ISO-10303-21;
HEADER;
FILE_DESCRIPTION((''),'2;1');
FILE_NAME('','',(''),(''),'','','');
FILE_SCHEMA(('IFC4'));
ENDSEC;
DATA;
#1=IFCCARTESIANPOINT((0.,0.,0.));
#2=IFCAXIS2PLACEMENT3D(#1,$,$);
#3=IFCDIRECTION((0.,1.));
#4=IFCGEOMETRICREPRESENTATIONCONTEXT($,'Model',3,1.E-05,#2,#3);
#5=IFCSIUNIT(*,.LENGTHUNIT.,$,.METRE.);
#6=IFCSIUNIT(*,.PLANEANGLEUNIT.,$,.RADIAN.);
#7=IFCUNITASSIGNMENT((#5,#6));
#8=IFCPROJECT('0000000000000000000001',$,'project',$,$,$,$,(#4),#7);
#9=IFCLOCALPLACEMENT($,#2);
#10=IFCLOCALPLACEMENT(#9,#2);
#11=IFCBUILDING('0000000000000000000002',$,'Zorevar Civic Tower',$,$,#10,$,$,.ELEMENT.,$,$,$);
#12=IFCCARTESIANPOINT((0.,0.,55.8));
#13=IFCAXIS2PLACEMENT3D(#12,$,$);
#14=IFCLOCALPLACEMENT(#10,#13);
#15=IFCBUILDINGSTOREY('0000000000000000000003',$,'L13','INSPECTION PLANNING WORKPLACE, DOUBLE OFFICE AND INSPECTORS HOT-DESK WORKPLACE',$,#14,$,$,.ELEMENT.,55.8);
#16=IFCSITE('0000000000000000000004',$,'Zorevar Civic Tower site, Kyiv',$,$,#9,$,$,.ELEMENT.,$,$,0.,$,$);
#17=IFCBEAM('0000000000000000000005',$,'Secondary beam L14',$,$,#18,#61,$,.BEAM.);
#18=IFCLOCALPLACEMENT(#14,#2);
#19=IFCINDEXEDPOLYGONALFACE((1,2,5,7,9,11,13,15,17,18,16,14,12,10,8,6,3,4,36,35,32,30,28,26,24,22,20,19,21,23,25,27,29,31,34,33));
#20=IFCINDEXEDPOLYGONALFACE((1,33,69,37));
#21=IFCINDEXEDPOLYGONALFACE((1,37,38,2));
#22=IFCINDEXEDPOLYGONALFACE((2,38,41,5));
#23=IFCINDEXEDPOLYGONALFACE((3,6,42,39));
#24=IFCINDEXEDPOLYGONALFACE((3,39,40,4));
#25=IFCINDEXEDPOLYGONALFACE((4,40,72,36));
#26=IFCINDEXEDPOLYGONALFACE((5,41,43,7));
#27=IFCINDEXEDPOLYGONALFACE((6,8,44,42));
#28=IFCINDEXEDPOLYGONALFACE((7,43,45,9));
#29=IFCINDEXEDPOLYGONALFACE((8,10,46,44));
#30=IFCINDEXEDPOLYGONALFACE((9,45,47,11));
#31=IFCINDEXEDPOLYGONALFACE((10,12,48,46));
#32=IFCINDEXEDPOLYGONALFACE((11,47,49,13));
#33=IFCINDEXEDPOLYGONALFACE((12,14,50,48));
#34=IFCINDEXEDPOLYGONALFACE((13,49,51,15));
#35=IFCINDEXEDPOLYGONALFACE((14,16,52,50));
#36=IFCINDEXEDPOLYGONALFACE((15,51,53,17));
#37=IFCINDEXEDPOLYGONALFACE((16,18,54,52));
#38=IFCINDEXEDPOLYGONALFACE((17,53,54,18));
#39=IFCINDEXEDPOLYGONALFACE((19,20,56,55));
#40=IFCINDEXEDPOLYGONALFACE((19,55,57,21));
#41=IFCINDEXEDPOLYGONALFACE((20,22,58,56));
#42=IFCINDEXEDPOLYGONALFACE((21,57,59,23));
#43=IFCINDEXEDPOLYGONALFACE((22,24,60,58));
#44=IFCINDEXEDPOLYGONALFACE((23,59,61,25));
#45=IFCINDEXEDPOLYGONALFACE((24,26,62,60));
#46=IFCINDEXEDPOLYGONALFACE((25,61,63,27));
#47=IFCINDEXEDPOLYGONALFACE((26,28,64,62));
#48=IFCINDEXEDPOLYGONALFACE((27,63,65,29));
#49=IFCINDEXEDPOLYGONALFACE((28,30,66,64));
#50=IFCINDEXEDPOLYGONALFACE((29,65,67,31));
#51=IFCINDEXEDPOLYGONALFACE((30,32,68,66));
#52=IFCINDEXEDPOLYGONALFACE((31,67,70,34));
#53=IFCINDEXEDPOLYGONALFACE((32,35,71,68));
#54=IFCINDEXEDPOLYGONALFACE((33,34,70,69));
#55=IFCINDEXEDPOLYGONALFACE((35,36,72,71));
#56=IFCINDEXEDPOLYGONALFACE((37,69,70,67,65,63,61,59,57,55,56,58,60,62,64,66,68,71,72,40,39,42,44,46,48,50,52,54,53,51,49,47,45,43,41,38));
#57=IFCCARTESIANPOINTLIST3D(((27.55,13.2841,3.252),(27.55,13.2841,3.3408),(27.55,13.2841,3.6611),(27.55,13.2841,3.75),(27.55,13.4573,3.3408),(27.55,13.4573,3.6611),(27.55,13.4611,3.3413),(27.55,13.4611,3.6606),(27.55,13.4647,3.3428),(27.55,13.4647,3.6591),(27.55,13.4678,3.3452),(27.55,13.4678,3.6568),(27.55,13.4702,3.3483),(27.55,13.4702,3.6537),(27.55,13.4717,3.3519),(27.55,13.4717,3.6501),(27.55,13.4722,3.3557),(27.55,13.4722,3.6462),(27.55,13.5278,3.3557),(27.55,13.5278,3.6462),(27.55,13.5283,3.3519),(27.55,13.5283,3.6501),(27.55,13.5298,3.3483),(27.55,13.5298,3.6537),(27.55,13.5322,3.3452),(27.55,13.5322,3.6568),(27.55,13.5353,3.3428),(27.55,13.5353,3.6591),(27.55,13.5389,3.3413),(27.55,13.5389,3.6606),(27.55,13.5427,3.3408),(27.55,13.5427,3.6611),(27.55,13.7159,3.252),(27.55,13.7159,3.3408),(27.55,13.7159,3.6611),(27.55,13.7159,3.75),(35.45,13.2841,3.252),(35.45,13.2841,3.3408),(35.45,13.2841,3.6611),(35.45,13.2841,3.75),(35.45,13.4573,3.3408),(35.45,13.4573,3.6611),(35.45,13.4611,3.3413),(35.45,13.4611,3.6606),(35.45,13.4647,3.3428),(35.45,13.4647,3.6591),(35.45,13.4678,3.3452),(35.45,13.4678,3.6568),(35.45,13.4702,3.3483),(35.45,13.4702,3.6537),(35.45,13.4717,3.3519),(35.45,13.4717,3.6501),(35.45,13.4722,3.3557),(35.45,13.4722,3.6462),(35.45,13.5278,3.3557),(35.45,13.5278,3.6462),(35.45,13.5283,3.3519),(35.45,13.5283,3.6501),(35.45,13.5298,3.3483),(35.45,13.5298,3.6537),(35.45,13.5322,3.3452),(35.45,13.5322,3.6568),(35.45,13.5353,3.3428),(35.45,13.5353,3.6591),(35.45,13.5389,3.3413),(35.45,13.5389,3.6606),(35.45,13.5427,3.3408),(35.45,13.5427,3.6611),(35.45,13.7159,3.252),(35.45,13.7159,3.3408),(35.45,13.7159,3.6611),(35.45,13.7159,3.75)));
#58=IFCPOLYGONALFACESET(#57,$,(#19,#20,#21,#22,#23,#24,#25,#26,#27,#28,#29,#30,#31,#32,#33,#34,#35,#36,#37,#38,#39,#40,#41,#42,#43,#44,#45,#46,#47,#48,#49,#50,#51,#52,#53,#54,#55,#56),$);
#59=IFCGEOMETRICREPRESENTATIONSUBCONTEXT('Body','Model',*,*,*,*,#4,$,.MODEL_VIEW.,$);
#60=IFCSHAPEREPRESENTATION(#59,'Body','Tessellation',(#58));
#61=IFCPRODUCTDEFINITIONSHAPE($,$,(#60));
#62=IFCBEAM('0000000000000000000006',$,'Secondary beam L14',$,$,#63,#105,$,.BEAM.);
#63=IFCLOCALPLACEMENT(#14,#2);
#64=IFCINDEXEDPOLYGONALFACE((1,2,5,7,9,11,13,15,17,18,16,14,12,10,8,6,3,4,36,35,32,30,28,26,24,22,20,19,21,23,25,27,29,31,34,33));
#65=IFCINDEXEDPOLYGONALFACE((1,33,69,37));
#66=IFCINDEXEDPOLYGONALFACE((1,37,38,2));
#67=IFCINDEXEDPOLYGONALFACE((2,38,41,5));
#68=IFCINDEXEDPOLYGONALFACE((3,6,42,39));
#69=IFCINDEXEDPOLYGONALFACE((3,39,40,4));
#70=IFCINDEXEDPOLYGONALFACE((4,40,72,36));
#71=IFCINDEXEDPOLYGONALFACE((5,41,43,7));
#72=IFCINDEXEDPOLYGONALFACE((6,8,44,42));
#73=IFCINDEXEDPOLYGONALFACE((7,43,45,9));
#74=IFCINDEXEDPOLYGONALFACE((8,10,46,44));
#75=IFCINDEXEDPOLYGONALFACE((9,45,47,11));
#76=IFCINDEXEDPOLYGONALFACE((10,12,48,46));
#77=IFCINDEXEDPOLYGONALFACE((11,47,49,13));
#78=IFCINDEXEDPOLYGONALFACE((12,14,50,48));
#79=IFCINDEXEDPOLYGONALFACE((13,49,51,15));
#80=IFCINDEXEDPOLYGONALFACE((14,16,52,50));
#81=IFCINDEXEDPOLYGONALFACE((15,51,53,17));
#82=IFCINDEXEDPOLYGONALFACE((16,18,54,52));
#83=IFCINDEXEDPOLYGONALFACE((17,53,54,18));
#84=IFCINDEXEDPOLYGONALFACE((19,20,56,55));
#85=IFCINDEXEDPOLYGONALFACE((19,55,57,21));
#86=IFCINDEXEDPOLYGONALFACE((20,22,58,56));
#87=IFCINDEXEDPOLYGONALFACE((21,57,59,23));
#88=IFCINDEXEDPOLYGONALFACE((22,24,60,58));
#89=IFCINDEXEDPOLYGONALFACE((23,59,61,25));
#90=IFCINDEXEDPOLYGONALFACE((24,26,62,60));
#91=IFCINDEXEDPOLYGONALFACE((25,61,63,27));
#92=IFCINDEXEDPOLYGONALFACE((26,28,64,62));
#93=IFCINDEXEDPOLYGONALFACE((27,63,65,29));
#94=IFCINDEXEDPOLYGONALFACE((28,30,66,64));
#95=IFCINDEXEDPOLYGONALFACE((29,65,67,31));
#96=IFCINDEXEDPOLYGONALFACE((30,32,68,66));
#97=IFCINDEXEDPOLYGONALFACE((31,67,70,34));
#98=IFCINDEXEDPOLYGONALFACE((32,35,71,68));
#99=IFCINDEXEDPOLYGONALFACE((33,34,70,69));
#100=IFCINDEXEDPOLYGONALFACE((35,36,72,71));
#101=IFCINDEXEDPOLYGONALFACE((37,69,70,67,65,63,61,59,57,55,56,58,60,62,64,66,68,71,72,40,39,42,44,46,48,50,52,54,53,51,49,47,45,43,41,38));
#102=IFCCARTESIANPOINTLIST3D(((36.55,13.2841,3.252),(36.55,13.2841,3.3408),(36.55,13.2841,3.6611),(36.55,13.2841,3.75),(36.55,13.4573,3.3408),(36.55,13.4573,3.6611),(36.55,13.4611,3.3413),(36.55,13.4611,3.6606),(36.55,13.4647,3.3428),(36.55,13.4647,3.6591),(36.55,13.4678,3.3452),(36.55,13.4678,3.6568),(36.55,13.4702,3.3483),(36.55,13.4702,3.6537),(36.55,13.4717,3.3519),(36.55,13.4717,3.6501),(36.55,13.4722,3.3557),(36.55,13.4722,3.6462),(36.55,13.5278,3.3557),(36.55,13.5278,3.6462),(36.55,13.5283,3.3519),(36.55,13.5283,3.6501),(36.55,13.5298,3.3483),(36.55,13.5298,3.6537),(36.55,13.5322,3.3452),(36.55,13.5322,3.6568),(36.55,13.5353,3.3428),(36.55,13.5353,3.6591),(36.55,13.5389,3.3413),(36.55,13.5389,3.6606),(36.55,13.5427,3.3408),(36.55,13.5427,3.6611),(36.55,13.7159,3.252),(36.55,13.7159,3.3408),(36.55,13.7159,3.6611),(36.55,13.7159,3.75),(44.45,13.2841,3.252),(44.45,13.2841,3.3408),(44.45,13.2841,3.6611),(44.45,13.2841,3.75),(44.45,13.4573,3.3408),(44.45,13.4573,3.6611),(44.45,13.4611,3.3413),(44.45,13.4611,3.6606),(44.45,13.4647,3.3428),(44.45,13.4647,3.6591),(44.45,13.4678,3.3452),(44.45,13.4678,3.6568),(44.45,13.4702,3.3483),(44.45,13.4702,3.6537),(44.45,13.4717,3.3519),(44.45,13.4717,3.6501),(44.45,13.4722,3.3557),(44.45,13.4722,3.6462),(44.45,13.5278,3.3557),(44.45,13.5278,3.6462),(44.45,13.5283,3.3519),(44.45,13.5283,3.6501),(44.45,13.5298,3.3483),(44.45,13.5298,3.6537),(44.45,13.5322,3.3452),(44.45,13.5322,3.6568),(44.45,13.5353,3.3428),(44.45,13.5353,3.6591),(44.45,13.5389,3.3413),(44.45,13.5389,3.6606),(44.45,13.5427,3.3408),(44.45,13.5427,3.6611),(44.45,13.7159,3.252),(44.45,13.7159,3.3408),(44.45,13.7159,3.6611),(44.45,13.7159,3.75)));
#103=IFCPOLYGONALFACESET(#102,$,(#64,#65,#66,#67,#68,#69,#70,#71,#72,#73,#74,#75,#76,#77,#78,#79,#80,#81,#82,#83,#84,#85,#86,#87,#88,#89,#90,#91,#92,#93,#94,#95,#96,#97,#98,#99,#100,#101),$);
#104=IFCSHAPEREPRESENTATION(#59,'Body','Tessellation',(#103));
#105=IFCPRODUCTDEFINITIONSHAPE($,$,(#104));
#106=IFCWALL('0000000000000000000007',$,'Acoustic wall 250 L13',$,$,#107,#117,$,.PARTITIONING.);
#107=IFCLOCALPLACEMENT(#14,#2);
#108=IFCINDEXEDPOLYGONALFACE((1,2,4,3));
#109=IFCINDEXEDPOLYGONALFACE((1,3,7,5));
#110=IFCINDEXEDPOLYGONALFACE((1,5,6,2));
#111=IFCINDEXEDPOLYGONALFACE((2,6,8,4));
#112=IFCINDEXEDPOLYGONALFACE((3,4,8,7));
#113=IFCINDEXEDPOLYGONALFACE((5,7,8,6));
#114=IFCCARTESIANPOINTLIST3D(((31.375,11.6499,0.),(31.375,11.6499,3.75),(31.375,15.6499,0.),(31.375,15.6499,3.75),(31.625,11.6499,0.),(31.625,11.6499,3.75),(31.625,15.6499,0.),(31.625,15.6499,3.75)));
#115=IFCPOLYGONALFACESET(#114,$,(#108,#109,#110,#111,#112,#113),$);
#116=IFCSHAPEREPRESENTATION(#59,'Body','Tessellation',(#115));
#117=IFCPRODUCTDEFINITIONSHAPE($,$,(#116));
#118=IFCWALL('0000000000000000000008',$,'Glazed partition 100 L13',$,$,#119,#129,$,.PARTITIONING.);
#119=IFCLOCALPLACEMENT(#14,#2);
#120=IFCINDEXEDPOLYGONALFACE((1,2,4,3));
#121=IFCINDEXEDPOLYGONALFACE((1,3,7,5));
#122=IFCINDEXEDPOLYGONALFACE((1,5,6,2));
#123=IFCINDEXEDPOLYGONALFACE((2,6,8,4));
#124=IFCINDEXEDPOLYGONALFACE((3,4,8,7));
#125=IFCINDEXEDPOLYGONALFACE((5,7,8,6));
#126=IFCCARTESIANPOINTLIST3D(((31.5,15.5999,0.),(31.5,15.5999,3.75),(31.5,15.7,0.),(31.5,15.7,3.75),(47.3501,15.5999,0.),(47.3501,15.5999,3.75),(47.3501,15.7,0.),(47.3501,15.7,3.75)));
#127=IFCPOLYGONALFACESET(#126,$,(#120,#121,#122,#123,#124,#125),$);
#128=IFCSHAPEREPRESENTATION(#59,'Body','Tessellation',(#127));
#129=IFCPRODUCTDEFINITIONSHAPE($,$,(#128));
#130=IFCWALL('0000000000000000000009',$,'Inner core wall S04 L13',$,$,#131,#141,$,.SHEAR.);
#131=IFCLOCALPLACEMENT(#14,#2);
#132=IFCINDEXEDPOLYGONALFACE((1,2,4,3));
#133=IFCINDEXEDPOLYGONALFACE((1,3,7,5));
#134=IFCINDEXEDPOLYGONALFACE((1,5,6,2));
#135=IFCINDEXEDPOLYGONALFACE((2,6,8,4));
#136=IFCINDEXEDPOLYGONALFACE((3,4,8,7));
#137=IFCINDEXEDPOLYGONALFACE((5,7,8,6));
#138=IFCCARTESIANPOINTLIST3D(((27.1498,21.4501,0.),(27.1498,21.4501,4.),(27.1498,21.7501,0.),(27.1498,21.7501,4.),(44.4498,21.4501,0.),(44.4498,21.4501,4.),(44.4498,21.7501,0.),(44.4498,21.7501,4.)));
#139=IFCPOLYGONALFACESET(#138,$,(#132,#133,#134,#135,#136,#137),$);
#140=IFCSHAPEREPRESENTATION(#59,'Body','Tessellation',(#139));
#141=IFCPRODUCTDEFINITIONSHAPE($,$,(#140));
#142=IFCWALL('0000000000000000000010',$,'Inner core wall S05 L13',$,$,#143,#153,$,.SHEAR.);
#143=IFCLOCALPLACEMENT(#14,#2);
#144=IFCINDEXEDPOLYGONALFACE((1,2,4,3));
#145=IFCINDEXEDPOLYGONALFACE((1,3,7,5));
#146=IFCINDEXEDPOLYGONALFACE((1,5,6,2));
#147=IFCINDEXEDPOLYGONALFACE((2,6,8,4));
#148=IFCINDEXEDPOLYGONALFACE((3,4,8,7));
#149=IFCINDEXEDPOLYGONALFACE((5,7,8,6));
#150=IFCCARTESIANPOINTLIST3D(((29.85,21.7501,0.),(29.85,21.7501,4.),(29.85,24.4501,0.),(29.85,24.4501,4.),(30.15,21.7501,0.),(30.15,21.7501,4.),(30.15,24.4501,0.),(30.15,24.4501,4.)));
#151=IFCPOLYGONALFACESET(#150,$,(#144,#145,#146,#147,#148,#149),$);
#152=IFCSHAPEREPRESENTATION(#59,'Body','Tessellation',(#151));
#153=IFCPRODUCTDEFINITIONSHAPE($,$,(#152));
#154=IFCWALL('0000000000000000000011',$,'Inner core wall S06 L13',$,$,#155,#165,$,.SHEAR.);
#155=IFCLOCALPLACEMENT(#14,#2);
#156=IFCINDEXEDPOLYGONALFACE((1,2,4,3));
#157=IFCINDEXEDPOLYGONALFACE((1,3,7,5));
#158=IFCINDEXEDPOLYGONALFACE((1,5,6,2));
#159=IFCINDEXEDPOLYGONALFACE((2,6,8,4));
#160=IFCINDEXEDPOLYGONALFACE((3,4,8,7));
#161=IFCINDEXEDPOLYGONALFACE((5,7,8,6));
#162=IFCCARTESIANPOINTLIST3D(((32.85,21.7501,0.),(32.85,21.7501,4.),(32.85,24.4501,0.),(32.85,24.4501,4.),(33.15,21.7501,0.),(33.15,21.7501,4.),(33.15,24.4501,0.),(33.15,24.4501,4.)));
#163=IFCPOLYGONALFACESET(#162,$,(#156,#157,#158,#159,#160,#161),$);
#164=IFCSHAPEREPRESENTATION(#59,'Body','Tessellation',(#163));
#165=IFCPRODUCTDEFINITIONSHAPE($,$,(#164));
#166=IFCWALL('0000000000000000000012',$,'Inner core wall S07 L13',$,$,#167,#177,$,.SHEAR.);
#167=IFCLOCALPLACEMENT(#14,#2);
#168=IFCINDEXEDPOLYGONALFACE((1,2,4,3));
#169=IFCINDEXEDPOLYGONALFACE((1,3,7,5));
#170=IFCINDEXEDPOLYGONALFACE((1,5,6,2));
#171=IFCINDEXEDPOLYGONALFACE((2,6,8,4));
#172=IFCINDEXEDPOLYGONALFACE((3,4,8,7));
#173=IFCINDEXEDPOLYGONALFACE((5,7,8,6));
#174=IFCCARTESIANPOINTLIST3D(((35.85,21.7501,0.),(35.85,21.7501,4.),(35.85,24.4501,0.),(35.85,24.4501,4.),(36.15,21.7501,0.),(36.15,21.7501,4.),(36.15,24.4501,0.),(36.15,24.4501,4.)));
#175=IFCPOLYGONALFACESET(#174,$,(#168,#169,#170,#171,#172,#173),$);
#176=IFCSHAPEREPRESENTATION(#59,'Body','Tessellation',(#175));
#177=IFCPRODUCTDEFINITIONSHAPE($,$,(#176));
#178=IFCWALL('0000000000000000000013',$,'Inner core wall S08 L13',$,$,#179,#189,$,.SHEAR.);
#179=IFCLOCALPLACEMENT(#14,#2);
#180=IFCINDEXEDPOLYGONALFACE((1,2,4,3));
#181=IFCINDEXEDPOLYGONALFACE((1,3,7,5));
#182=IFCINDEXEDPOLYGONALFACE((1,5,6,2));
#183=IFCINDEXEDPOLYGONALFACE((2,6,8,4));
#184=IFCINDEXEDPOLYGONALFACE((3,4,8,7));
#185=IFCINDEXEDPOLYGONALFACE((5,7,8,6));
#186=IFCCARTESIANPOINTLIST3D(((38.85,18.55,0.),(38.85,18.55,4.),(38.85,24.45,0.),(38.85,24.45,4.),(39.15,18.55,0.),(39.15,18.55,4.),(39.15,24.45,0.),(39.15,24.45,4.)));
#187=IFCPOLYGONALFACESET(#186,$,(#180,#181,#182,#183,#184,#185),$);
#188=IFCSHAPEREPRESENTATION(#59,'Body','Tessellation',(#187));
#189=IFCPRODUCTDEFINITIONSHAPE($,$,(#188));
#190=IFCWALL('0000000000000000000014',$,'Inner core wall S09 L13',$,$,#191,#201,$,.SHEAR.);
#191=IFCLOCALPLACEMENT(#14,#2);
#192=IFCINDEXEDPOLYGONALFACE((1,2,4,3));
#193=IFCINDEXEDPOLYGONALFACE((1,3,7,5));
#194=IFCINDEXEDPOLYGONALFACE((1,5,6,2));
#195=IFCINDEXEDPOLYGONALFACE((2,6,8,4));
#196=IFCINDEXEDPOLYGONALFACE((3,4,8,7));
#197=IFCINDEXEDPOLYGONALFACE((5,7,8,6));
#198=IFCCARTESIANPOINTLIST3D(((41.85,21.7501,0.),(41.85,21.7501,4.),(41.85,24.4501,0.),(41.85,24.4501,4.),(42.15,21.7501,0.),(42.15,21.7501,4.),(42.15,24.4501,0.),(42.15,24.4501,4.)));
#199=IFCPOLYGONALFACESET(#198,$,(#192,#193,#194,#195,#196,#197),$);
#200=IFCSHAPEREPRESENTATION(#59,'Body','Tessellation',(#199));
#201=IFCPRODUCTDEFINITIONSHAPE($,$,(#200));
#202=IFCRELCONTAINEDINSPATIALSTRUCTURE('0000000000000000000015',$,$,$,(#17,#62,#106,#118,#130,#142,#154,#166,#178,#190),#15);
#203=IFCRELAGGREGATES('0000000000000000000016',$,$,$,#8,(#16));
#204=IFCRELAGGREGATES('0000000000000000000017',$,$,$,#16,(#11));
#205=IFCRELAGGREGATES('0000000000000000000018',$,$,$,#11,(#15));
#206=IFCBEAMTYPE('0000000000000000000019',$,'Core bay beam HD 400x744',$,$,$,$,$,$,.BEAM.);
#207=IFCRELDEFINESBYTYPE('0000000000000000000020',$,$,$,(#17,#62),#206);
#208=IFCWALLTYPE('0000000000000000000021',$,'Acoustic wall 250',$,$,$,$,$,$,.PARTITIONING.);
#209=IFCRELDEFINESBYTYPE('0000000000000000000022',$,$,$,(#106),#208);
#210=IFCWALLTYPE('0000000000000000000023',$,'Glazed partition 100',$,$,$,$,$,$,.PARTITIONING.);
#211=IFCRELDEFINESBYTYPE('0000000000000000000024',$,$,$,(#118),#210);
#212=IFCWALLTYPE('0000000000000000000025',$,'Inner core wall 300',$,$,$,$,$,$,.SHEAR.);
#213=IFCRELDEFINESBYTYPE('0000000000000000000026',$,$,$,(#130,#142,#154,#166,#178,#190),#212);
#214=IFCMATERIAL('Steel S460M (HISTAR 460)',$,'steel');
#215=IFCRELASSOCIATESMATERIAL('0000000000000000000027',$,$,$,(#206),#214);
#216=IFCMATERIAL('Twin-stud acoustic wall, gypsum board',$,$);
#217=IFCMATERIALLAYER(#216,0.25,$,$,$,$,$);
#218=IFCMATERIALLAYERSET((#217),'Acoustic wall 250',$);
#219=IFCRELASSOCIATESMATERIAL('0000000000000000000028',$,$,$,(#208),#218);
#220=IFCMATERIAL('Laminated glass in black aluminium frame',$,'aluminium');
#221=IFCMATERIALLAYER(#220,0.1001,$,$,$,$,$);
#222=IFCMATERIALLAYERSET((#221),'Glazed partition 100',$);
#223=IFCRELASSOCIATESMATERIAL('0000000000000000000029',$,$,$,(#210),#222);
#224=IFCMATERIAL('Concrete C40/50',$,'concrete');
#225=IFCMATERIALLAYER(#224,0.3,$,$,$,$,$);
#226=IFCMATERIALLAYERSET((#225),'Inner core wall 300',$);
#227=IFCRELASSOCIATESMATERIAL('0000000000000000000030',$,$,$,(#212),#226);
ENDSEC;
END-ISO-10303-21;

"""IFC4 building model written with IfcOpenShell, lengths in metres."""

from ifc_helpers import new_model, si_unit, direction, frame, frame_2d, origin, origin_2d, place, context, subcontext, project, spatial, rectangle, i_section, extrude, material, layer, layer_set, material_profile, profile_set, type_object, element, save


model = new_model("IFC4")

# Units and contexts
model_context = context("Model", 3, precision=1e-05, world=origin(), true_north=direction((0.0, 1.0)))
body_context = subcontext(model_context, "Body", "Model", "MODEL_VIEW")
ifc_project = project(units=[si_unit("LENGTHUNIT", "METRE"), si_unit("PLANEANGLEUNIT", "RADIAN")], contexts=[model_context])

# Site, building, storey
site_placement = place(None, origin())
site = spatial("IfcSite", under=ifc_project, at=site_placement, Name="Zorevar Civic Tower site, Kyiv", CompositionType="ELEMENT", RefElevation=0.0)
building_placement = place(site_placement, origin())
building = spatial("IfcBuilding", under=site, at=building_placement, Name="Zorevar Civic Tower", CompositionType="ELEMENT")
storey_placement = place(building_placement, frame((0.0, 0.0, 55.8)))
storey = spatial("IfcBuildingStorey", under=building, at=storey_placement, Name="L13", Description="INSPECTION PLANNING WORKPLACE, DOUBLE OFFICE AND INSPECTORS HOT-DESK WORKPLACE", CompositionType="ELEMENT", Elevation=55.8)

# Beams
ifc_material_1 = material(Name="Steel S460M (HISTAR 460)", Category="steel")
ifc_material_profile_1 = material_profile(ifc_material_1, i_section(OverallWidth=0.4319, OverallDepth=0.498, WebThickness=0.0557, FlangeThickness=0.0889, FilletRadius=0.0149, at=origin_2d()), Name="HD 400x744")
ifc_profile_set_1 = profile_set([ifc_material_profile_1], Name="Steel S460M (HISTAR 460)")
beam_type_1 = type_object("IfcBeamType", Name="Core bay beam HD 400x744", PredefinedType="BEAM", material=ifc_profile_set_1)
for number, where, z_axis, x_axis, name in (
    (1, (27.55, 13.5, 3.501), (1.0, 0.0, 0.0), (0.0, 1.0, 0.0), "Secondary beam L14"),
    (2, (36.55, 13.5, 3.501), (1.0, 0.0, 0.0), (0.0, 1.0, 0.0), "Secondary beam L14"),
):
    element("IfcBeam", number, at=place(storey_placement, frame(where, z_axis=z_axis, x_axis=x_axis)), inside=storey, type_object=beam_type_1, Name=name, PredefinedType="BEAM", context=body_context, shape_type="SweptSolid", body=[
        extrude(i_section(OverallWidth=0.4319, OverallDepth=0.498, WebThickness=0.0557, FlangeThickness=0.0889, FilletRadius=0.0149, at=origin_2d()), origin(), (0.0, 0.0, 1.0), 7.8999),
    ])

# Wall
ifc_material_2 = material(Name="Twin-stud acoustic wall, gypsum board")
ifc_layer_1 = layer(ifc_material_2, 0.25)
ifc_layer_set_1 = layer_set([ifc_layer_1], Name="Acoustic wall 250")
wall_type_1 = type_object("IfcWallType", Name="Acoustic wall 250", PredefinedType="PARTITIONING", material=ifc_layer_set_1)
wall_1_placement = place(storey_placement, frame((31.5, 11.6499, 0.0), z_axis=(0.0, 0.0, 1.0), x_axis=(0.0, 1.0, 0.0)))
element("IfcWall", 3, at=wall_1_placement, inside=storey, type_object=wall_type_1, Name="Acoustic wall 250 L13", PredefinedType="PARTITIONING", context=body_context, shape_type="SweptSolid", body=[
    extrude(rectangle(XDim=4.0, YDim=0.25, at=frame_2d((2.0, 0.0))), origin(), (0.0, 0.0, 1.0), 3.75),
])

# Walls
ifc_material_3 = material(Name="Laminated glass in black aluminium frame", Category="aluminium")
ifc_layer_2 = layer(ifc_material_3, 0.1001)
ifc_layer_set_2 = layer_set([ifc_layer_2], Name="Glazed partition 100")
wall_type_2 = type_object("IfcWallType", Name="Glazed partition 100", PredefinedType="PARTITIONING", material=ifc_layer_set_2)
wall_2_placement = place(storey_placement, frame((31.5, 15.6499, 0.0), z_axis=(0.0, 0.0, 1.0), x_axis=(1.0, 0.0, 0.0)))
element("IfcWall", 4, at=wall_2_placement, inside=storey, type_object=wall_type_2, Name="Glazed partition 100 L13", PredefinedType="PARTITIONING", context=body_context, shape_type="SweptSolid", body=[
    extrude(rectangle(XDim=15.8501, YDim=0.1001, at=frame_2d((7.925, 0.0))), origin(), (0.0, 0.0, 1.0), 3.75),
])
ifc_material_4 = material(Name="Concrete C40/50", Category="concrete")
ifc_layer_3 = layer(ifc_material_4, 0.3)
ifc_layer_set_3 = layer_set([ifc_layer_3], Name="Inner core wall 300")
wall_type_3 = type_object("IfcWallType", Name="Inner core wall 300", PredefinedType="SHEAR", material=ifc_layer_set_3)
wall_3_placement = place(storey_placement, frame((27.1499, 21.6001, 0.0), z_axis=(0.0, 0.0, 1.0), x_axis=(1.0, 0.0, 0.0)))
element("IfcWall", 5, at=wall_3_placement, inside=storey, type_object=wall_type_3, Name="Inner core wall S04 L13", PredefinedType="SHEAR", context=body_context, shape_type="SweptSolid", body=[
    extrude(rectangle(XDim=17.3, YDim=0.3, at=frame_2d((8.6499, 0.0))), origin(), (0.0, 0.0, 1.0), 4.0),
])
for number, where, z_axis, x_axis, name in (
    (6, (30.0, 21.75, 0.0), (0.0, 0.0, 1.0), (0.0, 1.0, 0.0), "Inner core wall S05 L13"),
    (7, (33.0, 21.75, 0.0), (0.0, 0.0, 1.0), (0.0, 1.0, 0.0), "Inner core wall S06 L13"),
    (8, (36.0, 21.75, 0.0), (0.0, 0.0, 1.0), (0.0, 1.0, 0.0), "Inner core wall S07 L13"),
):
    element("IfcWall", number, at=place(storey_placement, frame(where, z_axis=z_axis, x_axis=x_axis)), inside=storey, type_object=wall_type_3, Name=name, PredefinedType="SHEAR", context=body_context, shape_type="SweptSolid", body=[
        extrude(rectangle(XDim=2.7, YDim=0.3, at=frame_2d((1.3501, 0.0))), origin(), (0.0, 0.0, 1.0), 4.0),
    ])
wall_4_placement = place(storey_placement, frame((39.0, 18.55, 0.0), z_axis=(0.0, 0.0, 1.0), x_axis=(0.0, 1.0, 0.0)))
element("IfcWall", 9, at=wall_4_placement, inside=storey, type_object=wall_type_3, Name="Inner core wall S08 L13", PredefinedType="SHEAR", context=body_context, shape_type="SweptSolid", body=[
    extrude(rectangle(XDim=5.8999, YDim=0.3, at=frame_2d((2.95, 0.0))), origin(), (0.0, 0.0, 1.0), 4.0),
])
wall_5_placement = place(storey_placement, frame((42.0, 21.75, 0.0), z_axis=(0.0, 0.0, 1.0), x_axis=(0.0, 1.0, 0.0)))
element("IfcWall", 10, at=wall_5_placement, inside=storey, type_object=wall_type_3, Name="Inner core wall S09 L13", PredefinedType="SHEAR", context=body_context, shape_type="SweptSolid", body=[
    extrude(rectangle(XDim=2.7, YDim=0.3, at=frame_2d((1.3501, 0.0))), origin(), (0.0, 0.0, 1.0), 4.0),
])

save(model, "model.ifc")
